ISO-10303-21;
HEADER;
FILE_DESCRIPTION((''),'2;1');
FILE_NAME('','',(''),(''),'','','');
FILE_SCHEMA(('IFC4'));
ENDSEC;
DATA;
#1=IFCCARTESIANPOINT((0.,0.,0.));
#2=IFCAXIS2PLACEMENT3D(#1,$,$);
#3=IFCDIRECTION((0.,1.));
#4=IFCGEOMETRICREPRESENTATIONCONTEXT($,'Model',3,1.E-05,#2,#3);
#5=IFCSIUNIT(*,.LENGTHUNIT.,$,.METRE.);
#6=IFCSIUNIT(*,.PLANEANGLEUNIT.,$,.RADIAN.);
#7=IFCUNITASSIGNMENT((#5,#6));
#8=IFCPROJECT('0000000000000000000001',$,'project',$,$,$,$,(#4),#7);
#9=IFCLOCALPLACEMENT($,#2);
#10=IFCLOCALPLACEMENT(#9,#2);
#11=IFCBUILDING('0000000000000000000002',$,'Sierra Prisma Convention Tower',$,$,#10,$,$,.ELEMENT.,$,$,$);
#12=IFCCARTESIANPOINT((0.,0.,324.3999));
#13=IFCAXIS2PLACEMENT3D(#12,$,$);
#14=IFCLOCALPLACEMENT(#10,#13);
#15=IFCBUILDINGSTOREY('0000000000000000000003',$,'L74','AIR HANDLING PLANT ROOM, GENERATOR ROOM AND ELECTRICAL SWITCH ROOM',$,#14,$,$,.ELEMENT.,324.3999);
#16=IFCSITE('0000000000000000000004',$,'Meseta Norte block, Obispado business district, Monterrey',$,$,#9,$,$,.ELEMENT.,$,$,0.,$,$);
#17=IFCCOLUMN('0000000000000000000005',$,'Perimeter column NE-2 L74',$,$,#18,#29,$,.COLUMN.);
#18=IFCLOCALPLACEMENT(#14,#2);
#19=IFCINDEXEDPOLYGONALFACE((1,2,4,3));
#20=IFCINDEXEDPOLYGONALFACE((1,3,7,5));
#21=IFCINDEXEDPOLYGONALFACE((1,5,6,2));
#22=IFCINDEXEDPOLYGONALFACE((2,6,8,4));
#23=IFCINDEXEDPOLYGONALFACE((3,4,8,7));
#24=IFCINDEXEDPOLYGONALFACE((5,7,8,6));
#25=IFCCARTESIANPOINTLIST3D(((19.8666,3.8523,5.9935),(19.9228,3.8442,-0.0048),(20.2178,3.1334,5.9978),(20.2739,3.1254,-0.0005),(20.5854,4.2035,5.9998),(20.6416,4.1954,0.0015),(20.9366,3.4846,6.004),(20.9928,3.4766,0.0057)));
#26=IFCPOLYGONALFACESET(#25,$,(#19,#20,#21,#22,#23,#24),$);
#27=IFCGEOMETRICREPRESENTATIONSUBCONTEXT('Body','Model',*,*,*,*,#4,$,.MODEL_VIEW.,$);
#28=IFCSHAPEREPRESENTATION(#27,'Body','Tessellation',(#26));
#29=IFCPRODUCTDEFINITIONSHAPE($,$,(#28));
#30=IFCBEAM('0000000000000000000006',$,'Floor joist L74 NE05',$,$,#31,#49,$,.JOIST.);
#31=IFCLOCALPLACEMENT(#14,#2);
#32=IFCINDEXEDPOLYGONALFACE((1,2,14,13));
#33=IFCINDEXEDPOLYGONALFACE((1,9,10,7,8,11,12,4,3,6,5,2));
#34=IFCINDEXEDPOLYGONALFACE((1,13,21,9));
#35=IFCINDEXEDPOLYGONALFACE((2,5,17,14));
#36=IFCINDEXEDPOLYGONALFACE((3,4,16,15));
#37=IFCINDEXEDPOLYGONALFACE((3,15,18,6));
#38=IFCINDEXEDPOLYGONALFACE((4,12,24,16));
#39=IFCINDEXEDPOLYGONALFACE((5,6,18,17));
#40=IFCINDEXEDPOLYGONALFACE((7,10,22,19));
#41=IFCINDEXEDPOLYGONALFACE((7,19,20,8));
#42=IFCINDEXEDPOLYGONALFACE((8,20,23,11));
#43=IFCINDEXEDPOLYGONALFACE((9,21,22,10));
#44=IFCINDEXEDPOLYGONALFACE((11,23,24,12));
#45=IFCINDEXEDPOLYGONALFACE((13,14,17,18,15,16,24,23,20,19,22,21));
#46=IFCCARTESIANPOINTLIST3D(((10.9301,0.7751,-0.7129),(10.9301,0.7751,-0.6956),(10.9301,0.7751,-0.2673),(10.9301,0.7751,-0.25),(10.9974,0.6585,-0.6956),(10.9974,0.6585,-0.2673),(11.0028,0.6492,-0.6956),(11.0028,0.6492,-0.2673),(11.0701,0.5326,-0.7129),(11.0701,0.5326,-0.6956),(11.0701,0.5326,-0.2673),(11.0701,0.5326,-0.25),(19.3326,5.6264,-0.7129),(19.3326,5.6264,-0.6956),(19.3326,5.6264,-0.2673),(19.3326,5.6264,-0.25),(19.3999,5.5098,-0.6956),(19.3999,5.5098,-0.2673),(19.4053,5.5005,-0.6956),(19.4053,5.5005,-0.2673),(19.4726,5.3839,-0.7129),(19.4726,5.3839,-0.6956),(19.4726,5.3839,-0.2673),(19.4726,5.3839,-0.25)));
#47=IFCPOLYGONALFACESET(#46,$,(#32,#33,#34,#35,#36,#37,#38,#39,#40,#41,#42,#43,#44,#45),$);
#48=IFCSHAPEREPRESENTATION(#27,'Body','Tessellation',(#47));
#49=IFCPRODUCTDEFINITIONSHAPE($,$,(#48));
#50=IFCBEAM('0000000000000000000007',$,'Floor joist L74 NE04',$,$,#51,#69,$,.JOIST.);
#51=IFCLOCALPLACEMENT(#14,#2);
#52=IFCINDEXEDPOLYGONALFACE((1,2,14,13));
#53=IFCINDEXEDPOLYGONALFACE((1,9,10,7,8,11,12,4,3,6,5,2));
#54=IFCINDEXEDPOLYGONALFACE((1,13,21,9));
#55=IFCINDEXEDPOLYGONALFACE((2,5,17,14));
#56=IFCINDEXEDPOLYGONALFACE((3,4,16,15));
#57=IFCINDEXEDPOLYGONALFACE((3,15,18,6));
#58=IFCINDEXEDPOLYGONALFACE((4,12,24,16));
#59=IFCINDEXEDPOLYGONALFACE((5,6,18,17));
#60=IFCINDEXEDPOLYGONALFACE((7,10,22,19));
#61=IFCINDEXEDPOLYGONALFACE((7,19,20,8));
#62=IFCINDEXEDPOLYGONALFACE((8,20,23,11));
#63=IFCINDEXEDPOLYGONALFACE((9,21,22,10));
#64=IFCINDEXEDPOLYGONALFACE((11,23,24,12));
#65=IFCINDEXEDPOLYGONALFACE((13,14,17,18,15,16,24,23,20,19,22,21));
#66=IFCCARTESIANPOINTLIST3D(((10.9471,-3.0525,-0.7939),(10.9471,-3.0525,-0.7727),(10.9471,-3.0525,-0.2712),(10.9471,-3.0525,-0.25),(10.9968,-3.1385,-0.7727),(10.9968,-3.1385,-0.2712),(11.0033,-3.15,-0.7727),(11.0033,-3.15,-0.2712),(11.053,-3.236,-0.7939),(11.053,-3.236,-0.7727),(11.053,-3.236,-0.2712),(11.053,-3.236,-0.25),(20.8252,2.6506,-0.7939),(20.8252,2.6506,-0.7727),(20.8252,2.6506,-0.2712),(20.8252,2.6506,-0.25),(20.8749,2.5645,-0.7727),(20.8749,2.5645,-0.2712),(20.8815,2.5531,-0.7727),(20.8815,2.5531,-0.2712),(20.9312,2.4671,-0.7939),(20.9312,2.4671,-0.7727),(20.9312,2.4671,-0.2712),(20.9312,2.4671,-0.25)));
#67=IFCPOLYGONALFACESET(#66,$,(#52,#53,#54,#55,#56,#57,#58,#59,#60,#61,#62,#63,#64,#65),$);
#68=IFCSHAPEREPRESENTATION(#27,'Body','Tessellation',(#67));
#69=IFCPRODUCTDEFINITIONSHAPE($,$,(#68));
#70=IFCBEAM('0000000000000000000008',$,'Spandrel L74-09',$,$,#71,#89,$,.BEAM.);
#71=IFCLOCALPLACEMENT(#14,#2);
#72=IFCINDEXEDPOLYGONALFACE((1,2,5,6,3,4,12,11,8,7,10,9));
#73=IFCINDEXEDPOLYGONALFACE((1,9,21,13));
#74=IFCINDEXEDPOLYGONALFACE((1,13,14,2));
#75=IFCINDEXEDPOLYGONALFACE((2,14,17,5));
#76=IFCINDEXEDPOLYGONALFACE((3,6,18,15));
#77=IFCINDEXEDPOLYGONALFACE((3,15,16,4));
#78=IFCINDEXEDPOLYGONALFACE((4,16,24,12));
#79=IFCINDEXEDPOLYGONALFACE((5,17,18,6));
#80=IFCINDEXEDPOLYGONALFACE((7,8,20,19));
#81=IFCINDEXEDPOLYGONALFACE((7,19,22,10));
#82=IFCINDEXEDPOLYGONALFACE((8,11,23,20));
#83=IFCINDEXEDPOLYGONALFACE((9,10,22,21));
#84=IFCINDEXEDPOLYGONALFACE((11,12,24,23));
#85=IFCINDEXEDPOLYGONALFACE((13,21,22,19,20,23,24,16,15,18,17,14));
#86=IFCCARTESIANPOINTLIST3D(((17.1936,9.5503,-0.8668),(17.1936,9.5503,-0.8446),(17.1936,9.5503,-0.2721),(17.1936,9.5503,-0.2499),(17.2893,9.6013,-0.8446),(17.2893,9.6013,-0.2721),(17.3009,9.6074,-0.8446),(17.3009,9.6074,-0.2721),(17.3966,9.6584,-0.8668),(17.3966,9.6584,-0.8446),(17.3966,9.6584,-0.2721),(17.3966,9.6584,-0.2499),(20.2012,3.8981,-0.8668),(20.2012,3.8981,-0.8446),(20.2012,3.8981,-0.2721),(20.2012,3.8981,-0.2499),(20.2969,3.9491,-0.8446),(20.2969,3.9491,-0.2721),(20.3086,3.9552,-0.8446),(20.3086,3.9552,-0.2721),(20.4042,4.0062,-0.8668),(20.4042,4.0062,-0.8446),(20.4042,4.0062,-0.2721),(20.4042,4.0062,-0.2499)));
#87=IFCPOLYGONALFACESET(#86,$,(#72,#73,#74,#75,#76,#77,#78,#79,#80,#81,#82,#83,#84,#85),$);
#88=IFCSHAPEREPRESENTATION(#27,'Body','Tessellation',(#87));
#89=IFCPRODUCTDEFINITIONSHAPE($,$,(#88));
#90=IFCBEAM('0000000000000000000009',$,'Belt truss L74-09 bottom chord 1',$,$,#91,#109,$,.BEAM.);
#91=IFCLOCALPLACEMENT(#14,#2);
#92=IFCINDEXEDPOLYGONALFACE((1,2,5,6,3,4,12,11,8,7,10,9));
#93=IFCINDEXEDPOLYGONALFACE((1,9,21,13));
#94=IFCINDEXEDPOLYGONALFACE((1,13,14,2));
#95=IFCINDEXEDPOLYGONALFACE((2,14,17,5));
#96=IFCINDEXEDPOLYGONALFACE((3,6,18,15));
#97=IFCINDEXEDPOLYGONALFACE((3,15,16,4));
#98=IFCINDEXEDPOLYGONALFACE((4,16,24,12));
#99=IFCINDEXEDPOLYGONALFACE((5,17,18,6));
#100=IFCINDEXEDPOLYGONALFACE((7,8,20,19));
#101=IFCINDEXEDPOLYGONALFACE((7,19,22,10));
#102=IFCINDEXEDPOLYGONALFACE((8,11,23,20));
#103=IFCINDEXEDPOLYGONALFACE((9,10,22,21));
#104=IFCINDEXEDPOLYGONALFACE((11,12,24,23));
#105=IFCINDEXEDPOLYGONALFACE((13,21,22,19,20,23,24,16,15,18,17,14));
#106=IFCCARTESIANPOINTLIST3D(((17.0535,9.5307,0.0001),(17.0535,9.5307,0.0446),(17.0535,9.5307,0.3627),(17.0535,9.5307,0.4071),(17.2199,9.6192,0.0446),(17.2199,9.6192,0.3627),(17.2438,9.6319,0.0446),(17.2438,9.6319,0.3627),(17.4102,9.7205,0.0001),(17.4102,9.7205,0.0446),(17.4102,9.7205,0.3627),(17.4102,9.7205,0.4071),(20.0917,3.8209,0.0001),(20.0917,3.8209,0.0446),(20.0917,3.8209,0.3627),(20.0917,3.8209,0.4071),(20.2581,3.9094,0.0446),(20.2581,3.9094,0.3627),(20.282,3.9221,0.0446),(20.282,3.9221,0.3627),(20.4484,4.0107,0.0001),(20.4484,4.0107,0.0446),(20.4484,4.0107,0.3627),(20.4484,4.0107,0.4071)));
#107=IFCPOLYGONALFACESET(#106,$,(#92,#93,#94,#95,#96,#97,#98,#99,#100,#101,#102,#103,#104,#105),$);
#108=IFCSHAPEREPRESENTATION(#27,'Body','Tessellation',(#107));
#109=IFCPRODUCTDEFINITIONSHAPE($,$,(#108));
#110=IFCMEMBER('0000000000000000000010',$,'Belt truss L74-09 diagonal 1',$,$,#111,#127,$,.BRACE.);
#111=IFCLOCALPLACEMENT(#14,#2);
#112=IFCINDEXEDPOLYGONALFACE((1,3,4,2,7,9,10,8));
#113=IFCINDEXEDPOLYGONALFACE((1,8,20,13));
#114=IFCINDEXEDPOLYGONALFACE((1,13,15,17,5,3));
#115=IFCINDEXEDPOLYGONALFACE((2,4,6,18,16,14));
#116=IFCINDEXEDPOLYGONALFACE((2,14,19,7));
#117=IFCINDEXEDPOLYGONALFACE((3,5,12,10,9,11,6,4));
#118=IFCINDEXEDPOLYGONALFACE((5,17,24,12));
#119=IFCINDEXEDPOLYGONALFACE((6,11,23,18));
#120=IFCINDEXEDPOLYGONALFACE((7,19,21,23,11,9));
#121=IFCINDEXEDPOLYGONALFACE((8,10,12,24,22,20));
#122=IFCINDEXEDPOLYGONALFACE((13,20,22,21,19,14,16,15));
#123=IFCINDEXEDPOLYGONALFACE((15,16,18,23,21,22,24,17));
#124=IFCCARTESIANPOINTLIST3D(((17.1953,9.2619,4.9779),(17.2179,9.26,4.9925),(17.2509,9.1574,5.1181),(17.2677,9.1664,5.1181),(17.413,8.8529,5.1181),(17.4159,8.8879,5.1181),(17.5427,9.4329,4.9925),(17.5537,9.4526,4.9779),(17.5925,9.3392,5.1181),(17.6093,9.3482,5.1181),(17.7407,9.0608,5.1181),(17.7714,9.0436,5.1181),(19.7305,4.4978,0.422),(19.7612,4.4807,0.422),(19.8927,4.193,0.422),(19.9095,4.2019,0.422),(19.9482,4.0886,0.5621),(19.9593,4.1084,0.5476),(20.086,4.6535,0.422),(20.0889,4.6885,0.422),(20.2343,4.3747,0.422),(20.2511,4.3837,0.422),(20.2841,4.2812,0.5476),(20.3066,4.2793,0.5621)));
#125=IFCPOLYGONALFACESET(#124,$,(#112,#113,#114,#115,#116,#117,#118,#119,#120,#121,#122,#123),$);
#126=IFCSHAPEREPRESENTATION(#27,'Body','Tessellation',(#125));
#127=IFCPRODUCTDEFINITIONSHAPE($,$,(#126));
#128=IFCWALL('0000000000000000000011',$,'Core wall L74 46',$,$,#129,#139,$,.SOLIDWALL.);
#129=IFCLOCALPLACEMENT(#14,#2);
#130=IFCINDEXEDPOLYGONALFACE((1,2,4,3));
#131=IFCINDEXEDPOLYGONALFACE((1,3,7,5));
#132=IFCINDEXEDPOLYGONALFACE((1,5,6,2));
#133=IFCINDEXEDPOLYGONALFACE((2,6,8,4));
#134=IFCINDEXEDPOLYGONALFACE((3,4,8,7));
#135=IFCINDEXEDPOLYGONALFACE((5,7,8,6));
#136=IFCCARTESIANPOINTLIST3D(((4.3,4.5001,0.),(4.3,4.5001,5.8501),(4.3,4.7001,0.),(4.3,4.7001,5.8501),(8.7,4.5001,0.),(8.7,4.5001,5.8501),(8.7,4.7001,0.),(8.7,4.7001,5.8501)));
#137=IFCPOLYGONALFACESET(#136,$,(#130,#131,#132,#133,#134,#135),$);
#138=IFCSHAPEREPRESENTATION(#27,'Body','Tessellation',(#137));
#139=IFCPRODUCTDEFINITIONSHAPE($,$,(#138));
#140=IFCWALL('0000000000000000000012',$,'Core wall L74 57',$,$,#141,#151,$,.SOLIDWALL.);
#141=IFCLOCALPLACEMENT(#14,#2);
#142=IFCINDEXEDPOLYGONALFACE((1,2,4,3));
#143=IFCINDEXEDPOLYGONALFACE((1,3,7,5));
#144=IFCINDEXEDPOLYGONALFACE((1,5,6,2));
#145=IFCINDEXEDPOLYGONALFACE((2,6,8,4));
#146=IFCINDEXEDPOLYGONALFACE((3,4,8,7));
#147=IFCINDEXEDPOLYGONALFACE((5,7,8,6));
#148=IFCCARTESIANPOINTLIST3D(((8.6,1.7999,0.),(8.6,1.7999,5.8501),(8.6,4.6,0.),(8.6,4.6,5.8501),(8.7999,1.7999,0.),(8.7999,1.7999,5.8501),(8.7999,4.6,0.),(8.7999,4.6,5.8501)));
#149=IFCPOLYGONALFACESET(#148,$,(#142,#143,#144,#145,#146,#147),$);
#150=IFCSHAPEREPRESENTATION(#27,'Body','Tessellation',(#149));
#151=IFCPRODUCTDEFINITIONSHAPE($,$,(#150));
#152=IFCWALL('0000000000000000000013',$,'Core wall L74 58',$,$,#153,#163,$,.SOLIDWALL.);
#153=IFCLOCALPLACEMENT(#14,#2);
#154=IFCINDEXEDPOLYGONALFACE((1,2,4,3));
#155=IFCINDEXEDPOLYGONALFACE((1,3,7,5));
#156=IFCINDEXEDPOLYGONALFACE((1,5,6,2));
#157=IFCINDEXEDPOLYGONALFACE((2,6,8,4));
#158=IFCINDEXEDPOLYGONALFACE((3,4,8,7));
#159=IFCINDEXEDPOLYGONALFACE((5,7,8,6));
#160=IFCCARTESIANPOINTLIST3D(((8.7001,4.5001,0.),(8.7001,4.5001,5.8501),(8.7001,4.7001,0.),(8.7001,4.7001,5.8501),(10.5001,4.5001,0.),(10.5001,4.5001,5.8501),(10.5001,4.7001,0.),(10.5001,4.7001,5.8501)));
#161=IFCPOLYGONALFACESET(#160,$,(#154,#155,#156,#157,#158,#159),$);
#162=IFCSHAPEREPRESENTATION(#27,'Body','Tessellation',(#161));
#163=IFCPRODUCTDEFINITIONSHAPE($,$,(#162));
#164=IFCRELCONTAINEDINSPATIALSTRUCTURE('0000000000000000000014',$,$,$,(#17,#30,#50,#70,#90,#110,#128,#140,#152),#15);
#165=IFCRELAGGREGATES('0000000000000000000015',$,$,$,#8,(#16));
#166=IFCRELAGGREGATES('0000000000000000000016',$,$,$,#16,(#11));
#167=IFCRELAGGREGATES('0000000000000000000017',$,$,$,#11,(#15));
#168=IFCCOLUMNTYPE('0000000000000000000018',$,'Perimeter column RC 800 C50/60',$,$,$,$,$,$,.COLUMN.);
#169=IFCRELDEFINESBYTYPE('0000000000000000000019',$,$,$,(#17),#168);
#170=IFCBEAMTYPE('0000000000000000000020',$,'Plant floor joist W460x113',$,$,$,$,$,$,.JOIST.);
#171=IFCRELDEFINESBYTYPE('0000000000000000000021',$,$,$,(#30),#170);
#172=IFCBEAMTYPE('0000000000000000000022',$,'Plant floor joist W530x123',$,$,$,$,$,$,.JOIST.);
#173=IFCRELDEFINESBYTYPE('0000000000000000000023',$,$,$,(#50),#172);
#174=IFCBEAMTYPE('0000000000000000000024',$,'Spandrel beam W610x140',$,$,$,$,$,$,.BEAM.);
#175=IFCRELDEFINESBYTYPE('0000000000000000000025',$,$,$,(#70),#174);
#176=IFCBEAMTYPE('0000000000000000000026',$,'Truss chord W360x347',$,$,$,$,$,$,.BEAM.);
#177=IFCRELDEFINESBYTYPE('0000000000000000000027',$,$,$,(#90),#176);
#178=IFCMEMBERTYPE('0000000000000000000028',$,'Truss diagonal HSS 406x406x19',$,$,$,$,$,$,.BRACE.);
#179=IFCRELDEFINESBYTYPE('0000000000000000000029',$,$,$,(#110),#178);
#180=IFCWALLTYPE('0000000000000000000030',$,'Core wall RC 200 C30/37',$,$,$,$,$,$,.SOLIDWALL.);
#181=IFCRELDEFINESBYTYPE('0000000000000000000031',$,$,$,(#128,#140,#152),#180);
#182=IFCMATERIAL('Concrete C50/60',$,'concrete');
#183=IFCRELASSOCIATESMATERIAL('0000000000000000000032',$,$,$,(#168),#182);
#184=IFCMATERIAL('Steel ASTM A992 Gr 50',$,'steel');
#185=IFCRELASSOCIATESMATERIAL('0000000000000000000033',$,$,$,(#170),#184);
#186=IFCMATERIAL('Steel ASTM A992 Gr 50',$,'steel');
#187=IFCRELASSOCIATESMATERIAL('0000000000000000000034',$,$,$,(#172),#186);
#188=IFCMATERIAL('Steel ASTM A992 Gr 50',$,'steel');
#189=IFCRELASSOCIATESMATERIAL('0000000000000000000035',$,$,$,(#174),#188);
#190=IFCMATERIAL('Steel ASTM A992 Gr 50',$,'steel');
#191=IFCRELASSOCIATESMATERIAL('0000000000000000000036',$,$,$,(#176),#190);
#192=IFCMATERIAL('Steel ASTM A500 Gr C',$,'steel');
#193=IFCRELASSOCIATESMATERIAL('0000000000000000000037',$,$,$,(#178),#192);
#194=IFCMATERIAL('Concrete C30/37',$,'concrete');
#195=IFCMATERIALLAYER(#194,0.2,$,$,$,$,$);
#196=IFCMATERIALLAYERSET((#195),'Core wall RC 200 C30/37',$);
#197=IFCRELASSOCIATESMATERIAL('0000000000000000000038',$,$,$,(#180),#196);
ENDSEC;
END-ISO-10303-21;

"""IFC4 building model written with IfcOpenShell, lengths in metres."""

from ifc_helpers import new_model, si_unit, direction, frame, frame_2d, origin, origin_2d, place, context, subcontext, project, spatial, rectangle, hollow_rectangle, i_section, extrude, clip, halfspace, material, layer, layer_set, material_profile, profile_set, type_object, element, save


model = new_model("IFC4")

# Units and contexts
model_context = context("Model", 3, precision=1e-05, world=origin(), true_north=direction((0.0, 1.0)))
body_context = subcontext(model_context, "Body", "Model", "MODEL_VIEW")
ifc_project = project(units=[si_unit("LENGTHUNIT", "METRE"), si_unit("PLANEANGLEUNIT", "RADIAN")], contexts=[model_context])

# Site, building, storey
site_placement = place(None, origin())
site = spatial("IfcSite", under=ifc_project, at=site_placement, Name="Meseta Norte block, Obispado business district, Monterrey", CompositionType="ELEMENT", RefElevation=0.0)
building_placement = place(site_placement, origin())
building = spatial("IfcBuilding", under=site, at=building_placement, Name="Sierra Prisma Convention Tower", CompositionType="ELEMENT")
storey_placement = place(building_placement, frame((0.0, 0.0, 324.3999)))
storey = spatial("IfcBuildingStorey", under=building, at=storey_placement, Name="L74", Description="AIR HANDLING PLANT ROOM, GENERATOR ROOM AND ELECTRICAL SWITCH ROOM", CompositionType="ELEMENT", Elevation=324.3999)

# Column
ifc_material_1 = material(Name="Concrete C50/60", Category="concrete")
ifc_material_profile_1 = material_profile(ifc_material_1, rectangle(XDim=0.8, YDim=0.8, at=origin_2d()), Name="Perimeter column RC 800 C50/60")
ifc_profile_set_1 = profile_set([ifc_material_profile_1], Name="Concrete C50/60")
column_type = type_object("IfcColumnType", Name="Perimeter column RC 800 C50/60", PredefinedType="COLUMN", material=ifc_profile_set_1)
column_placement = place(storey_placement, frame((20.4578, 3.6604, 0.0), z_axis=(-0.009358, 0.001343, 0.999955), x_axis=(-0.438945, 0.898498, -0.005314)))
element("IfcColumn", 1, at=column_placement, inside=storey, type_object=column_type, Name="Perimeter column NE-2 L74", PredefinedType="COLUMN", context=body_context, shape_type="SweptSolid", body=[
    clip(clip(extrude(rectangle(XDim=0.8, YDim=0.8, at=origin_2d()), origin(), (0.0, 0.0, 1.0), 6.0002), halfspace(frame((0.0, 0.0, 0.0005)), True)), halfspace(frame((0.0, 0.0, 5.999)), False)),
])

# Beams
ifc_material_2 = material(Name="Steel ASTM A992 Gr 50", Category="steel")
ifc_material_profile_2 = material_profile(ifc_material_2, i_section(OverallWidth=0.28, OverallDepth=0.4629, WebThickness=0.0107, FlangeThickness=0.0173, at=origin_2d()), Name="W460x113")
ifc_profile_set_2 = profile_set([ifc_material_profile_2], Name="Steel ASTM A992 Gr 50")
beam_type_1 = type_object("IfcBeamType", Name="Plant floor joist W460x113", PredefinedType="JOIST", material=ifc_profile_set_2)
beam_1_placement = place(storey_placement, frame((19.4026, 5.5051, -0.4814), z_axis=(-0.866022, -0.500006, 0.0), x_axis=(0.500006, -0.866022, 0.0)))
element("IfcBeam", 2, at=beam_1_placement, inside=storey, type_object=beam_type_1, Name="Floor joist L74 NE05", PredefinedType="JOIST", context=body_context, shape_type="SweptSolid", body=[
    extrude(i_section(OverallWidth=0.28, OverallDepth=0.4629, WebThickness=0.0107, FlangeThickness=0.0173, at=origin_2d()), origin(), (0.0, 0.0, 1.0), 9.7024),
])
ifc_material_3 = material(Name="Steel ASTM A992 Gr 50", Category="steel")
ifc_material_profile_3 = material_profile(ifc_material_3, i_section(OverallWidth=0.2119, OverallDepth=0.5439, WebThickness=0.0132, FlangeThickness=0.0212, at=origin_2d()), Name="W530x123")
ifc_profile_set_3 = profile_set([ifc_material_profile_3], Name="Steel ASTM A992 Gr 50")
beam_type_2 = type_object("IfcBeamType", Name="Plant floor joist W530x123", PredefinedType="JOIST", material=ifc_profile_set_3)
beam_2_placement = place(storey_placement, frame((20.8782, 2.5588, -0.522), z_axis=(-0.866027, -0.499997, 0.0), x_axis=(0.499997, -0.866027, 0.0)))
element("IfcBeam", 3, at=beam_2_placement, inside=storey, type_object=beam_type_2, Name="Floor joist L74 NE04", PredefinedType="JOIST", context=body_context, shape_type="SweptSolid", body=[
    extrude(i_section(OverallWidth=0.2119, OverallDepth=0.5439, WebThickness=0.0132, FlangeThickness=0.0212, at=origin_2d()), origin(), (0.0, 0.0, 1.0), 11.4062),
])
ifc_material_4 = material(Name="Steel ASTM A992 Gr 50", Category="steel")
ifc_material_profile_4 = material_profile(ifc_material_4, i_section(OverallWidth=0.23, OverallDepth=0.6169, WebThickness=0.0132, FlangeThickness=0.0222, at=origin_2d()), Name="W610x140")
ifc_profile_set_4 = profile_set([ifc_material_profile_4], Name="Steel ASTM A992 Gr 50")
beam_type_3 = type_object("IfcBeamType", Name="Spandrel beam W610x140", PredefinedType="BEAM", material=ifc_profile_set_4)
beam_3_placement = place(storey_placement, frame((20.3027, 3.9521, -0.5583), z_axis=(-0.469751, 0.882799, 0.0), x_axis=(-0.882799, -0.469751, 0.0)))
element("IfcBeam", 4, at=beam_3_placement, inside=storey, type_object=beam_type_3, Name="Spandrel L74-09", PredefinedType="BEAM", context=body_context, shape_type="SweptSolid", body=[
    extrude(i_section(OverallWidth=0.23, OverallDepth=0.6169, WebThickness=0.0132, FlangeThickness=0.0222, at=origin_2d()), origin(), (0.0, 0.0, 1.0), 6.4026),
])
ifc_material_5 = material(Name="Steel ASTM A992 Gr 50", Category="steel")
ifc_material_profile_5 = material_profile(ifc_material_5, i_section(OverallWidth=0.4041, OverallDepth=0.407, WebThickness=0.0271, FlangeThickness=0.0444, at=origin_2d()), Name="W360x347")
ifc_profile_set_5 = profile_set([ifc_material_profile_5], Name="Steel ASTM A992 Gr 50")
beam_type_4 = type_object("IfcBeamType", Name="Truss chord W360x347", PredefinedType="BEAM", material=ifc_profile_set_5)
beam_4_placement = place(storey_placement, frame((20.27, 3.9158, 0.2036), z_axis=(-0.469734, 0.882808, 0.0), x_axis=(-0.882808, -0.469734, 0.0)))
element("IfcBeam", 5, at=beam_4_placement, inside=storey, type_object=beam_type_4, Name="Belt truss L74-09 bottom chord 1", PredefinedType="BEAM", context=body_context, shape_type="SweptSolid", body=[
    extrude(i_section(OverallWidth=0.4041, OverallDepth=0.407, WebThickness=0.0271, FlangeThickness=0.0444, at=origin_2d()), origin(), (0.0, 0.0, 1.0), 6.4678),
])

# Member
ifc_material_6 = material(Name="Steel ASTM A500 Gr C", Category="steel")
ifc_material_profile_6 = material_profile(ifc_material_6, hollow_rectangle(XDim=0.406, YDim=0.406, WallThickness=0.019, at=origin_2d()), Name="Truss diagonal HSS 406x406x19")
ifc_profile_set_6 = profile_set([ifc_material_profile_6], Name="Steel ASTM A500 Gr C")
member_type = type_object("IfcMemberType", Name="Truss diagonal HSS 406x406x19", PredefinedType="BRACE", material=ifc_profile_set_6)
member_placement = place(storey_placement, frame((20.0659, 4.2996, 0.407), z_axis=(-0.358958, 0.674562, 0.645071), x_axis=(-0.882792, -0.469764, 0.0)))
element("IfcMember", 6, at=member_placement, inside=storey, type_object=member_type, Name="Belt truss L74-09 diagonal 1", PredefinedType="BRACE", context=body_context, shape_type="SweptSolid", body=[
    clip(clip(extrude(hollow_rectangle(XDim=0.406, YDim=0.406, WallThickness=0.019, at=origin_2d()), origin(), (0.0, 0.0, 1.0), 7.3264), halfspace(frame((0.0, 0.0115, 0.0098), z_axis=(0.0, 0.764123, 0.645071), x_axis=(1.0, 0.0, 0.0)), True)), halfspace(frame((0.0, -0.0115, 7.3169), z_axis=(0.0, -0.764123, -0.645071), x_axis=(1.0, 0.0, 0.0)), True)),
])

# Wall
ifc_material_7 = material(Name="Concrete C30/37", Category="concrete")
ifc_layer_1 = layer(ifc_material_7, 0.2)
ifc_layer_set_1 = layer_set([ifc_layer_1], Name="Core wall RC 200 C30/37")
wall_type_1 = type_object("IfcWallType", Name="Core wall RC 200 C30/37", PredefinedType="SOLIDWALL", material=ifc_layer_set_1)
wall_1_placement = place(storey_placement, frame((8.7, 4.6001, 0.0), z_axis=(0.0, 0.0, 1.0), x_axis=(-1.0, 0.0, 0.0)))
element("IfcWall", 7, at=wall_1_placement, inside=storey, type_object=wall_type_1, Name="Core wall L74 46", PredefinedType="SOLIDWALL", context=body_context, shape_type="SweptSolid", body=[
    extrude(rectangle(XDim=4.3999, YDim=0.2, at=frame_2d((2.2, 0.0))), origin(), (0.0, 0.0, 1.0), 5.8501),
])

# Walls
wall_2_placement = place(storey_placement, frame((8.7, 1.8, 0.0), z_axis=(0.0, 0.0, 1.0), x_axis=(0.0, 1.0, 0.0)))
element("IfcWall", 8, at=wall_2_placement, inside=storey, type_object=wall_type_1, Name="Core wall L74 57", PredefinedType="SOLIDWALL", context=body_context, shape_type="SweptSolid", body=[
    extrude(rectangle(XDim=2.8, YDim=0.2, at=frame_2d((1.3999, 0.0))), origin(), (0.0, 0.0, 1.0), 5.8501),
])
wall_3_placement = place(storey_placement, frame((10.5, 4.6001, 0.0), z_axis=(0.0, 0.0, 1.0), x_axis=(-1.0, 0.0, 0.0)))
element("IfcWall", 9, at=wall_3_placement, inside=storey, type_object=wall_type_1, Name="Core wall L74 58", PredefinedType="SOLIDWALL", context=body_context, shape_type="SweptSolid", body=[
    extrude(rectangle(XDim=1.8, YDim=0.2, at=frame_2d((0.8999, 0.0))), origin(), (0.0, 0.0, 1.0), 5.8501),
])

save(model, "model.ifc")
